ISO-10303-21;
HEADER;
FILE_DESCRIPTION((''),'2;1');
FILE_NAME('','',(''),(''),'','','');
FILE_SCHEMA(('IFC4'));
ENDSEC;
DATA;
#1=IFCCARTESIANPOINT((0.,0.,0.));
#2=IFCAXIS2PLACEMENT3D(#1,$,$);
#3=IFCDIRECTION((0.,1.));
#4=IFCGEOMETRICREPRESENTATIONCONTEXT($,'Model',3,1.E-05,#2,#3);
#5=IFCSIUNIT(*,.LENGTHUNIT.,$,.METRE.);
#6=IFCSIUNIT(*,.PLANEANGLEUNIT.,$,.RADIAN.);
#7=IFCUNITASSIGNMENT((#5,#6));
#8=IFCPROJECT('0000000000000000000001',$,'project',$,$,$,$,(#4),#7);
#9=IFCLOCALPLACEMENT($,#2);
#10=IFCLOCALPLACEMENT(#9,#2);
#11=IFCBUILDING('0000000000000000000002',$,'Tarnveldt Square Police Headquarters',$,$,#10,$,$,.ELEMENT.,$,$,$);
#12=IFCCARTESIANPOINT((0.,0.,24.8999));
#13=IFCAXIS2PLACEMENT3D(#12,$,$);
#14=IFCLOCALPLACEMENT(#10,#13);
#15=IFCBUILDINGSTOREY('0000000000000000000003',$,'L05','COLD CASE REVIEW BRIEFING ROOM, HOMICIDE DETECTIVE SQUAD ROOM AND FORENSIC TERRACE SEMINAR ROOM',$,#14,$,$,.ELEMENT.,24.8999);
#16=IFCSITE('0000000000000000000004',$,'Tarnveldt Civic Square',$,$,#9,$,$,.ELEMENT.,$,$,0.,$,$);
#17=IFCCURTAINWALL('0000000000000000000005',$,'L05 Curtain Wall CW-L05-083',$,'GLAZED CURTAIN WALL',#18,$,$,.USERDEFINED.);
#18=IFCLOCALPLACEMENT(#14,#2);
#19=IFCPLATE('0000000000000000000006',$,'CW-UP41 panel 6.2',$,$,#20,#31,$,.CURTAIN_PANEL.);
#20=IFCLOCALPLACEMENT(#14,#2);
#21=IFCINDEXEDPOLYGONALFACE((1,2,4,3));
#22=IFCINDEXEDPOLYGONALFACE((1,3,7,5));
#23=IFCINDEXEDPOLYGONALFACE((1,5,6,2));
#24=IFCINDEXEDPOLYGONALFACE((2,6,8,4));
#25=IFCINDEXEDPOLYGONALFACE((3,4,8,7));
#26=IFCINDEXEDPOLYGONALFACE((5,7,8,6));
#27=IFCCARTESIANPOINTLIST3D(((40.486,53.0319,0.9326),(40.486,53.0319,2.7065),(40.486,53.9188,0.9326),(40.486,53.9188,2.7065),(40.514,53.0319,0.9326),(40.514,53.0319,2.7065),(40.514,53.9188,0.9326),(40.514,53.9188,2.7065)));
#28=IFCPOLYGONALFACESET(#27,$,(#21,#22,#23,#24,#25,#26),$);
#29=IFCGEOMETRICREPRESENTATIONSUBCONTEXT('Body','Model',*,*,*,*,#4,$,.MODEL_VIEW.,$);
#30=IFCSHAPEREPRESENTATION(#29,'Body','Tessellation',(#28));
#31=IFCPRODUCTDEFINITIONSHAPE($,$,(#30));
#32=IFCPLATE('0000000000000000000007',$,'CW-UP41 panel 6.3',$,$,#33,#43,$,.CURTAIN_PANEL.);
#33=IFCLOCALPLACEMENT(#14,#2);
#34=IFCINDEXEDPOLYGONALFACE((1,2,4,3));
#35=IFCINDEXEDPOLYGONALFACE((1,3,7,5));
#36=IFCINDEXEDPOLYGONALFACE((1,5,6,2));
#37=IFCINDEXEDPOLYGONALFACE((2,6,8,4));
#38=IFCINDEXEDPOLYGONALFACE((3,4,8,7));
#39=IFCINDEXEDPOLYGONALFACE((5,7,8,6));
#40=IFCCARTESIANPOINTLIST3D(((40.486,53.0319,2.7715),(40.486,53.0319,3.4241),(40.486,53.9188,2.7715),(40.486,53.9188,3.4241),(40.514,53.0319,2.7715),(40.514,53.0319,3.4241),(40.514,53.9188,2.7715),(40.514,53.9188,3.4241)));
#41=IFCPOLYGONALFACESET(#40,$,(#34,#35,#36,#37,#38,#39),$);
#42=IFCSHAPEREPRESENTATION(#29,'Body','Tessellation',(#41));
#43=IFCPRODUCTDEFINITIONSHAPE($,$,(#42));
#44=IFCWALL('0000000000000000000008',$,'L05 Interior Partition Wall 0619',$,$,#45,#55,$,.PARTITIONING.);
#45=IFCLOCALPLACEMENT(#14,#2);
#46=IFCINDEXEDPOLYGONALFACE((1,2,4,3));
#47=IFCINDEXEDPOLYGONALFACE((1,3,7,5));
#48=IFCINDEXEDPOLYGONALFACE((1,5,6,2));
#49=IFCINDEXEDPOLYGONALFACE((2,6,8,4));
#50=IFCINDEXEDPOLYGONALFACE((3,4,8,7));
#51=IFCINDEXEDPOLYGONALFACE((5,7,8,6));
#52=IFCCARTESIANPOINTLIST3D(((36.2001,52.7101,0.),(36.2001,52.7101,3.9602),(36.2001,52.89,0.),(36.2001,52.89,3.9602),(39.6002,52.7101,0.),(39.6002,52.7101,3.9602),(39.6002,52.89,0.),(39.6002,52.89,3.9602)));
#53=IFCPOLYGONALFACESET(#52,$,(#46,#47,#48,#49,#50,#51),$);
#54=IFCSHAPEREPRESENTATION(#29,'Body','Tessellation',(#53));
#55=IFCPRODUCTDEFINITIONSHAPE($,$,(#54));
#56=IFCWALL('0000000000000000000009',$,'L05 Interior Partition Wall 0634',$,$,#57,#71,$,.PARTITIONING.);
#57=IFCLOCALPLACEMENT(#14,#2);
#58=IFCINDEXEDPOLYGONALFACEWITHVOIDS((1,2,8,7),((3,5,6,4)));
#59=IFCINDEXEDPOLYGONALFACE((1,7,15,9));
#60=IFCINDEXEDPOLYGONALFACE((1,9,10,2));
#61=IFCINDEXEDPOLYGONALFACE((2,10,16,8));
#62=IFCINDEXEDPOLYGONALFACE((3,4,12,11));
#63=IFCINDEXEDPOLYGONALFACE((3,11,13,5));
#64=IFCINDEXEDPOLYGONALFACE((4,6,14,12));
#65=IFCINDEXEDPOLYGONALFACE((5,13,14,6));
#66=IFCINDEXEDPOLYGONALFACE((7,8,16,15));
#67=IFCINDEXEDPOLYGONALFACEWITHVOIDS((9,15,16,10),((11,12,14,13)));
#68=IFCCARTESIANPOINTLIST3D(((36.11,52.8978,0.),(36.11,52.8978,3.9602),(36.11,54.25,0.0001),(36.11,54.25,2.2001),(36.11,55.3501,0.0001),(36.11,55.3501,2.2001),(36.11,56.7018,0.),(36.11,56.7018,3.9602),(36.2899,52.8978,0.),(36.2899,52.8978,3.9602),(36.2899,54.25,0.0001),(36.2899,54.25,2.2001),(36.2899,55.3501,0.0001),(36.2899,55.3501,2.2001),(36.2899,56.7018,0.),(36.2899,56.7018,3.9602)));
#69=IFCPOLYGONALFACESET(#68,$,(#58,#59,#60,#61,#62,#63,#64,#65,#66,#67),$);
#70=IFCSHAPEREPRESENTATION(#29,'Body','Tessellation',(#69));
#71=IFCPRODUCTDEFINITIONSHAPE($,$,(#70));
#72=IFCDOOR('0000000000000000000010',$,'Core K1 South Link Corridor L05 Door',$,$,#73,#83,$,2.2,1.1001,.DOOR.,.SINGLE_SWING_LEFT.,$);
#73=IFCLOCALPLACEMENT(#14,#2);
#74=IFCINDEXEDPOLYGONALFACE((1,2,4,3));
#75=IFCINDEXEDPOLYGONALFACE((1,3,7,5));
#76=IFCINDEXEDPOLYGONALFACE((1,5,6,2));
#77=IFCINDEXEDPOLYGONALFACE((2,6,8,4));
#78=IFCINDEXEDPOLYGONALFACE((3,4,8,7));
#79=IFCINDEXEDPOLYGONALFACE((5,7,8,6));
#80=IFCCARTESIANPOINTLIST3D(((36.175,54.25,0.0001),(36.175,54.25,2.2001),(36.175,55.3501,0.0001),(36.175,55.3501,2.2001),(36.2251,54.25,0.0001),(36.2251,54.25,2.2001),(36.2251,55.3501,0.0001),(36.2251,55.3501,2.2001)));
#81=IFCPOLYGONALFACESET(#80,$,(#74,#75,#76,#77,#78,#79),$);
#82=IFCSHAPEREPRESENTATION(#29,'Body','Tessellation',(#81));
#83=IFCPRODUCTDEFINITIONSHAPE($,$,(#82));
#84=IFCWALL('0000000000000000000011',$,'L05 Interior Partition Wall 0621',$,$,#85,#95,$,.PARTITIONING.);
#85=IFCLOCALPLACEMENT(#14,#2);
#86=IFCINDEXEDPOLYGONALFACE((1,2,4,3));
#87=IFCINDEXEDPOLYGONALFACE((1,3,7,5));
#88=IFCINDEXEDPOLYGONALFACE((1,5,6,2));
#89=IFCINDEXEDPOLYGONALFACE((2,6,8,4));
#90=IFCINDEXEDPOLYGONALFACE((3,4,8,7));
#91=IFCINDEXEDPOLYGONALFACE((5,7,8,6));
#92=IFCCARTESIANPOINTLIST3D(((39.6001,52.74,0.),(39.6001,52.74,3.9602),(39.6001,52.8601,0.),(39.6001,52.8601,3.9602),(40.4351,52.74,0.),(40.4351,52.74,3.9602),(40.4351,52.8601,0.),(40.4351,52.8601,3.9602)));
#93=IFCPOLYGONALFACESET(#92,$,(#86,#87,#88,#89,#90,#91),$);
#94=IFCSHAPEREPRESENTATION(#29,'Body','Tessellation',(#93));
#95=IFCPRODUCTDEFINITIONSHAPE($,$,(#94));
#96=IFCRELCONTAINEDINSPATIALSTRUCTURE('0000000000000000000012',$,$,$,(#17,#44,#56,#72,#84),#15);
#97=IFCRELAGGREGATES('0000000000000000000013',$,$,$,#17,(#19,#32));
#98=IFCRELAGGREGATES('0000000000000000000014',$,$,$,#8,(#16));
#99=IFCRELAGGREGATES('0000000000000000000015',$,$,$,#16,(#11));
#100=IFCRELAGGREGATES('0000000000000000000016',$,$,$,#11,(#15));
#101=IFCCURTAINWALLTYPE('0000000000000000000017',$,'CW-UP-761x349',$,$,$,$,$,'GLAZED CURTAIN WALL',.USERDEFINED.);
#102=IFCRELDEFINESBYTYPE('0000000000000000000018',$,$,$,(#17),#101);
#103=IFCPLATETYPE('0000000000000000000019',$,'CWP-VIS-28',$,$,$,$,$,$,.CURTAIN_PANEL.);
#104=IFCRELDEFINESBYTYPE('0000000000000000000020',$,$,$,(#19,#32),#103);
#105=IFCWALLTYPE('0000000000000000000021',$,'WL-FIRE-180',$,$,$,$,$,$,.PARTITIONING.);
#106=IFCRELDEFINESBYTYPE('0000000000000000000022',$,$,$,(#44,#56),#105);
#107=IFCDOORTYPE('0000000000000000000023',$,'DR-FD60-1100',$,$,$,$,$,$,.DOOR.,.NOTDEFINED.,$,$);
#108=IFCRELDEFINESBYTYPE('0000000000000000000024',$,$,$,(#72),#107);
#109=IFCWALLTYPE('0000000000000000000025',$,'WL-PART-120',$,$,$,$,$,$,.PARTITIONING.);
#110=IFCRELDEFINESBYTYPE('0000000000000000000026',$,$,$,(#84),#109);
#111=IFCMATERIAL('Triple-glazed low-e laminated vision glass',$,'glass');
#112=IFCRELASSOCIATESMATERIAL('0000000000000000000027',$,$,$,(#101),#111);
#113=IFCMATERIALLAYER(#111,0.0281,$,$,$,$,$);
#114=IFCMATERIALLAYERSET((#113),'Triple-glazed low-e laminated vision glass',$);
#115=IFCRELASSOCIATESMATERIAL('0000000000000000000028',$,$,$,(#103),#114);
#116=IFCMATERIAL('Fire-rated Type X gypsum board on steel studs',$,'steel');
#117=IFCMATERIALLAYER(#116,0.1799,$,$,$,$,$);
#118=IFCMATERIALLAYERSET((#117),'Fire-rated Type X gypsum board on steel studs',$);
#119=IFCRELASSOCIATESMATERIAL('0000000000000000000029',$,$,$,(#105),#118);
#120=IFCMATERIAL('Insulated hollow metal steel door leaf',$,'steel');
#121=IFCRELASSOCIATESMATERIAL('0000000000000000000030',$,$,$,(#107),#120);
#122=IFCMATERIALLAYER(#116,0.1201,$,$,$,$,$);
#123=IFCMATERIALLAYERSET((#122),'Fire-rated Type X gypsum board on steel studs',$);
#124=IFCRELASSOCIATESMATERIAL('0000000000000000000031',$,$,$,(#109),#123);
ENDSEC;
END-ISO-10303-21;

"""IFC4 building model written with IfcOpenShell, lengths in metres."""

from ifc_helpers import new_model, si_unit, direction, frame, frame_2d, origin, origin_2d, place, context, subcontext, project, spatial, rectangle, extrude, material, layer, layer_set, type_object, element, fill, aggregate, save


model = new_model("IFC4")

# Units and contexts
model_context = context("Model", 3, precision=1e-05, world=origin(), true_north=direction((0.0, 1.0)))
body_context = subcontext(model_context, "Body", "Model", "MODEL_VIEW")
ifc_project = project(units=[si_unit("LENGTHUNIT", "METRE"), si_unit("PLANEANGLEUNIT", "RADIAN")], contexts=[model_context])

# Site, building, storey
site_placement = place(None, origin())
site = spatial("IfcSite", under=ifc_project, at=site_placement, Name="Tarnveldt Civic Square", CompositionType="ELEMENT", RefElevation=0.0)
building_placement = place(site_placement, origin())
building = spatial("IfcBuilding", under=site, at=building_placement, Name="Tarnveldt Square Police Headquarters", CompositionType="ELEMENT")
storey_placement = place(building_placement, frame((0.0, 0.0, 24.8999)))
storey = spatial("IfcBuildingStorey", under=building, at=storey_placement, Name="L05", Description="COLD CASE REVIEW BRIEFING ROOM, HOMICIDE DETECTIVE SQUAD ROOM AND FORENSIC TERRACE SEMINAR ROOM", CompositionType="ELEMENT", Elevation=24.8999)

# Curtain wall, plates
ifc_material_1 = material(Name="Triple-glazed low-e laminated vision glass", Category="glass")
curtain_wall_type = type_object("IfcCurtainWallType", Name="CW-UP-761x349", ElementType="GLAZED CURTAIN WALL", PredefinedType="USERDEFINED", material=ifc_material_1)
curtain_wall_placement = place(storey_placement, origin())
curtain_wall = element("IfcCurtainWall", 1, at=curtain_wall_placement, inside=storey, type_object=curtain_wall_type, Name="L05 Curtain Wall CW-L05-083", ObjectType="GLAZED CURTAIN WALL", PredefinedType="USERDEFINED")
ifc_layer_1 = layer(ifc_material_1, 0.0281)
ifc_layer_set_1 = layer_set([ifc_layer_1], Name="Triple-glazed low-e laminated vision glass")
plate_type = type_object("IfcPlateType", Name="CWP-VIS-28", PredefinedType="CURTAIN_PANEL", material=ifc_layer_set_1)
plate_1_placement = place(storey_placement, frame((40.5, 53.4753, 0.9326), z_axis=(0.0, 0.0, 1.0), x_axis=(0.0, 1.0, 0.0)))
plate_1 = element("IfcPlate", 2, at=plate_1_placement, type_object=plate_type, Name="CW-UP41 panel 6.2", PredefinedType="CURTAIN_PANEL", context=body_context, shape_type="SweptSolid", body=[
    extrude(rectangle(XDim=0.887, YDim=0.0281, at=origin_2d()), origin(), (0.0, 0.0, 1.0), 1.7739),
])
plate_2_placement = place(storey_placement, frame((40.5, 53.4753, 2.7715), z_axis=(0.0, 0.0, 1.0), x_axis=(0.0, 1.0, 0.0)))
plate_2 = element("IfcPlate", 3, at=plate_2_placement, type_object=plate_type, Name="CW-UP41 panel 6.3", PredefinedType="CURTAIN_PANEL", context=body_context, shape_type="SweptSolid", body=[
    extrude(rectangle(XDim=0.887, YDim=0.0281, at=origin_2d()), origin(), (0.0, 0.0, 1.0), 0.6526),
])
aggregate(curtain_wall, [plate_1, plate_2])

# Wall
ifc_material_2 = material(Name="Fire-rated Type X gypsum board on steel studs", Category="steel")
ifc_layer_2 = layer(ifc_material_2, 0.1799)
ifc_layer_set_2 = layer_set([ifc_layer_2], Name="Fire-rated Type X gypsum board on steel studs")
wall_type_1 = type_object("IfcWallType", Name="WL-FIRE-180", PredefinedType="PARTITIONING", material=ifc_layer_set_2)
wall_1_placement = place(storey_placement, frame((36.2, 52.8, 0.0), z_axis=(0.0, 0.0, 1.0), x_axis=(1.0, 0.0, 0.0)))
element("IfcWall", 4, at=wall_1_placement, inside=storey, type_object=wall_type_1, Name="L05 Interior Partition Wall 0619", PredefinedType="PARTITIONING", context=body_context, shape_type="SweptSolid", body=[
    extrude(rectangle(XDim=3.4001, YDim=0.1799, at=frame_2d((1.7002, 0.0))), origin(), (0.0, 0.0, 1.0), 3.9602),
])

# Wall, opening, door
wall_2_placement = place(storey_placement, frame((36.2, 52.8979, 0.0), z_axis=(0.0, 0.0, 1.0), x_axis=(0.0, 1.0, 0.0)))
wall_2 = element("IfcWall", 5, at=wall_2_placement, inside=storey, type_object=wall_type_1, Name="L05 Interior Partition Wall 0634", PredefinedType="PARTITIONING", context=body_context, shape_type="SweptSolid", body=[
    extrude(rectangle(XDim=3.804, YDim=0.1799, at=frame_2d((1.9019, 0.0))), origin(), (0.0, 0.0, 1.0), 3.9602),
])
opening_placement = place(wall_2_placement, frame((1.3521, 0.0, 0.0)))
opening = element("IfcOpeningElement", 6, at=opening_placement, cuts=wall_2, PredefinedType="OPENING", context=body_context, shape_type="SweptSolid", body=[
    extrude(rectangle(XDim=1.1001, YDim=2.2, at=frame_2d((0.55, 1.1001))), frame((0.0, 0.0999, 0.0), z_axis=(0.0, -1.0, 0.0), x_axis=(1.0, 0.0, 0.0)), (0.0, 0.0, 1.0), 0.2),
])
ifc_material_3 = material(Name="Insulated hollow metal steel door leaf", Category="steel")
door_type = type_object("IfcDoorType", Name="DR-FD60-1100", OperationType="NOTDEFINED", PredefinedType="DOOR", material=ifc_material_3)
door_placement = place(opening_placement, origin())
door = element("IfcDoor", 7, at=door_placement, inside=storey, type_object=door_type, Name="Core K1 South Link Corridor L05 Door", OperationType="SINGLE_SWING_LEFT", OverallHeight=2.2, OverallWidth=1.1001, PredefinedType="DOOR", context=body_context, shape_type="SweptSolid", body=[
    extrude(rectangle(XDim=1.1001, YDim=2.2, at=frame_2d((0.55, 1.1001))), frame((0.0, 0.0249, 0.0), z_axis=(0.0, -1.0, 0.0), x_axis=(1.0, 0.0, 0.0)), (0.0, 0.0, 1.0), 0.05),
])
fill(opening, door)

# Wall
ifc_layer_3 = layer(ifc_material_2, 0.1201)
ifc_layer_set_3 = layer_set([ifc_layer_3], Name="Fire-rated Type X gypsum board on steel studs")
wall_type_2 = type_object("IfcWallType", Name="WL-PART-120", PredefinedType="PARTITIONING", material=ifc_layer_set_3)
wall_3_placement = place(storey_placement, frame((39.6001, 52.8, 0.0), z_axis=(0.0, 0.0, 1.0), x_axis=(1.0, 0.0, 0.0)))
element("IfcWall", 8, at=wall_3_placement, inside=storey, type_object=wall_type_2, Name="L05 Interior Partition Wall 0621", PredefinedType="PARTITIONING", context=body_context, shape_type="SweptSolid", body=[
    extrude(rectangle(XDim=0.835, YDim=0.1201, at=frame_2d((0.4175, 0.0))), origin(), (0.0, 0.0, 1.0), 3.9602),
])

save(model, "model.ifc")
